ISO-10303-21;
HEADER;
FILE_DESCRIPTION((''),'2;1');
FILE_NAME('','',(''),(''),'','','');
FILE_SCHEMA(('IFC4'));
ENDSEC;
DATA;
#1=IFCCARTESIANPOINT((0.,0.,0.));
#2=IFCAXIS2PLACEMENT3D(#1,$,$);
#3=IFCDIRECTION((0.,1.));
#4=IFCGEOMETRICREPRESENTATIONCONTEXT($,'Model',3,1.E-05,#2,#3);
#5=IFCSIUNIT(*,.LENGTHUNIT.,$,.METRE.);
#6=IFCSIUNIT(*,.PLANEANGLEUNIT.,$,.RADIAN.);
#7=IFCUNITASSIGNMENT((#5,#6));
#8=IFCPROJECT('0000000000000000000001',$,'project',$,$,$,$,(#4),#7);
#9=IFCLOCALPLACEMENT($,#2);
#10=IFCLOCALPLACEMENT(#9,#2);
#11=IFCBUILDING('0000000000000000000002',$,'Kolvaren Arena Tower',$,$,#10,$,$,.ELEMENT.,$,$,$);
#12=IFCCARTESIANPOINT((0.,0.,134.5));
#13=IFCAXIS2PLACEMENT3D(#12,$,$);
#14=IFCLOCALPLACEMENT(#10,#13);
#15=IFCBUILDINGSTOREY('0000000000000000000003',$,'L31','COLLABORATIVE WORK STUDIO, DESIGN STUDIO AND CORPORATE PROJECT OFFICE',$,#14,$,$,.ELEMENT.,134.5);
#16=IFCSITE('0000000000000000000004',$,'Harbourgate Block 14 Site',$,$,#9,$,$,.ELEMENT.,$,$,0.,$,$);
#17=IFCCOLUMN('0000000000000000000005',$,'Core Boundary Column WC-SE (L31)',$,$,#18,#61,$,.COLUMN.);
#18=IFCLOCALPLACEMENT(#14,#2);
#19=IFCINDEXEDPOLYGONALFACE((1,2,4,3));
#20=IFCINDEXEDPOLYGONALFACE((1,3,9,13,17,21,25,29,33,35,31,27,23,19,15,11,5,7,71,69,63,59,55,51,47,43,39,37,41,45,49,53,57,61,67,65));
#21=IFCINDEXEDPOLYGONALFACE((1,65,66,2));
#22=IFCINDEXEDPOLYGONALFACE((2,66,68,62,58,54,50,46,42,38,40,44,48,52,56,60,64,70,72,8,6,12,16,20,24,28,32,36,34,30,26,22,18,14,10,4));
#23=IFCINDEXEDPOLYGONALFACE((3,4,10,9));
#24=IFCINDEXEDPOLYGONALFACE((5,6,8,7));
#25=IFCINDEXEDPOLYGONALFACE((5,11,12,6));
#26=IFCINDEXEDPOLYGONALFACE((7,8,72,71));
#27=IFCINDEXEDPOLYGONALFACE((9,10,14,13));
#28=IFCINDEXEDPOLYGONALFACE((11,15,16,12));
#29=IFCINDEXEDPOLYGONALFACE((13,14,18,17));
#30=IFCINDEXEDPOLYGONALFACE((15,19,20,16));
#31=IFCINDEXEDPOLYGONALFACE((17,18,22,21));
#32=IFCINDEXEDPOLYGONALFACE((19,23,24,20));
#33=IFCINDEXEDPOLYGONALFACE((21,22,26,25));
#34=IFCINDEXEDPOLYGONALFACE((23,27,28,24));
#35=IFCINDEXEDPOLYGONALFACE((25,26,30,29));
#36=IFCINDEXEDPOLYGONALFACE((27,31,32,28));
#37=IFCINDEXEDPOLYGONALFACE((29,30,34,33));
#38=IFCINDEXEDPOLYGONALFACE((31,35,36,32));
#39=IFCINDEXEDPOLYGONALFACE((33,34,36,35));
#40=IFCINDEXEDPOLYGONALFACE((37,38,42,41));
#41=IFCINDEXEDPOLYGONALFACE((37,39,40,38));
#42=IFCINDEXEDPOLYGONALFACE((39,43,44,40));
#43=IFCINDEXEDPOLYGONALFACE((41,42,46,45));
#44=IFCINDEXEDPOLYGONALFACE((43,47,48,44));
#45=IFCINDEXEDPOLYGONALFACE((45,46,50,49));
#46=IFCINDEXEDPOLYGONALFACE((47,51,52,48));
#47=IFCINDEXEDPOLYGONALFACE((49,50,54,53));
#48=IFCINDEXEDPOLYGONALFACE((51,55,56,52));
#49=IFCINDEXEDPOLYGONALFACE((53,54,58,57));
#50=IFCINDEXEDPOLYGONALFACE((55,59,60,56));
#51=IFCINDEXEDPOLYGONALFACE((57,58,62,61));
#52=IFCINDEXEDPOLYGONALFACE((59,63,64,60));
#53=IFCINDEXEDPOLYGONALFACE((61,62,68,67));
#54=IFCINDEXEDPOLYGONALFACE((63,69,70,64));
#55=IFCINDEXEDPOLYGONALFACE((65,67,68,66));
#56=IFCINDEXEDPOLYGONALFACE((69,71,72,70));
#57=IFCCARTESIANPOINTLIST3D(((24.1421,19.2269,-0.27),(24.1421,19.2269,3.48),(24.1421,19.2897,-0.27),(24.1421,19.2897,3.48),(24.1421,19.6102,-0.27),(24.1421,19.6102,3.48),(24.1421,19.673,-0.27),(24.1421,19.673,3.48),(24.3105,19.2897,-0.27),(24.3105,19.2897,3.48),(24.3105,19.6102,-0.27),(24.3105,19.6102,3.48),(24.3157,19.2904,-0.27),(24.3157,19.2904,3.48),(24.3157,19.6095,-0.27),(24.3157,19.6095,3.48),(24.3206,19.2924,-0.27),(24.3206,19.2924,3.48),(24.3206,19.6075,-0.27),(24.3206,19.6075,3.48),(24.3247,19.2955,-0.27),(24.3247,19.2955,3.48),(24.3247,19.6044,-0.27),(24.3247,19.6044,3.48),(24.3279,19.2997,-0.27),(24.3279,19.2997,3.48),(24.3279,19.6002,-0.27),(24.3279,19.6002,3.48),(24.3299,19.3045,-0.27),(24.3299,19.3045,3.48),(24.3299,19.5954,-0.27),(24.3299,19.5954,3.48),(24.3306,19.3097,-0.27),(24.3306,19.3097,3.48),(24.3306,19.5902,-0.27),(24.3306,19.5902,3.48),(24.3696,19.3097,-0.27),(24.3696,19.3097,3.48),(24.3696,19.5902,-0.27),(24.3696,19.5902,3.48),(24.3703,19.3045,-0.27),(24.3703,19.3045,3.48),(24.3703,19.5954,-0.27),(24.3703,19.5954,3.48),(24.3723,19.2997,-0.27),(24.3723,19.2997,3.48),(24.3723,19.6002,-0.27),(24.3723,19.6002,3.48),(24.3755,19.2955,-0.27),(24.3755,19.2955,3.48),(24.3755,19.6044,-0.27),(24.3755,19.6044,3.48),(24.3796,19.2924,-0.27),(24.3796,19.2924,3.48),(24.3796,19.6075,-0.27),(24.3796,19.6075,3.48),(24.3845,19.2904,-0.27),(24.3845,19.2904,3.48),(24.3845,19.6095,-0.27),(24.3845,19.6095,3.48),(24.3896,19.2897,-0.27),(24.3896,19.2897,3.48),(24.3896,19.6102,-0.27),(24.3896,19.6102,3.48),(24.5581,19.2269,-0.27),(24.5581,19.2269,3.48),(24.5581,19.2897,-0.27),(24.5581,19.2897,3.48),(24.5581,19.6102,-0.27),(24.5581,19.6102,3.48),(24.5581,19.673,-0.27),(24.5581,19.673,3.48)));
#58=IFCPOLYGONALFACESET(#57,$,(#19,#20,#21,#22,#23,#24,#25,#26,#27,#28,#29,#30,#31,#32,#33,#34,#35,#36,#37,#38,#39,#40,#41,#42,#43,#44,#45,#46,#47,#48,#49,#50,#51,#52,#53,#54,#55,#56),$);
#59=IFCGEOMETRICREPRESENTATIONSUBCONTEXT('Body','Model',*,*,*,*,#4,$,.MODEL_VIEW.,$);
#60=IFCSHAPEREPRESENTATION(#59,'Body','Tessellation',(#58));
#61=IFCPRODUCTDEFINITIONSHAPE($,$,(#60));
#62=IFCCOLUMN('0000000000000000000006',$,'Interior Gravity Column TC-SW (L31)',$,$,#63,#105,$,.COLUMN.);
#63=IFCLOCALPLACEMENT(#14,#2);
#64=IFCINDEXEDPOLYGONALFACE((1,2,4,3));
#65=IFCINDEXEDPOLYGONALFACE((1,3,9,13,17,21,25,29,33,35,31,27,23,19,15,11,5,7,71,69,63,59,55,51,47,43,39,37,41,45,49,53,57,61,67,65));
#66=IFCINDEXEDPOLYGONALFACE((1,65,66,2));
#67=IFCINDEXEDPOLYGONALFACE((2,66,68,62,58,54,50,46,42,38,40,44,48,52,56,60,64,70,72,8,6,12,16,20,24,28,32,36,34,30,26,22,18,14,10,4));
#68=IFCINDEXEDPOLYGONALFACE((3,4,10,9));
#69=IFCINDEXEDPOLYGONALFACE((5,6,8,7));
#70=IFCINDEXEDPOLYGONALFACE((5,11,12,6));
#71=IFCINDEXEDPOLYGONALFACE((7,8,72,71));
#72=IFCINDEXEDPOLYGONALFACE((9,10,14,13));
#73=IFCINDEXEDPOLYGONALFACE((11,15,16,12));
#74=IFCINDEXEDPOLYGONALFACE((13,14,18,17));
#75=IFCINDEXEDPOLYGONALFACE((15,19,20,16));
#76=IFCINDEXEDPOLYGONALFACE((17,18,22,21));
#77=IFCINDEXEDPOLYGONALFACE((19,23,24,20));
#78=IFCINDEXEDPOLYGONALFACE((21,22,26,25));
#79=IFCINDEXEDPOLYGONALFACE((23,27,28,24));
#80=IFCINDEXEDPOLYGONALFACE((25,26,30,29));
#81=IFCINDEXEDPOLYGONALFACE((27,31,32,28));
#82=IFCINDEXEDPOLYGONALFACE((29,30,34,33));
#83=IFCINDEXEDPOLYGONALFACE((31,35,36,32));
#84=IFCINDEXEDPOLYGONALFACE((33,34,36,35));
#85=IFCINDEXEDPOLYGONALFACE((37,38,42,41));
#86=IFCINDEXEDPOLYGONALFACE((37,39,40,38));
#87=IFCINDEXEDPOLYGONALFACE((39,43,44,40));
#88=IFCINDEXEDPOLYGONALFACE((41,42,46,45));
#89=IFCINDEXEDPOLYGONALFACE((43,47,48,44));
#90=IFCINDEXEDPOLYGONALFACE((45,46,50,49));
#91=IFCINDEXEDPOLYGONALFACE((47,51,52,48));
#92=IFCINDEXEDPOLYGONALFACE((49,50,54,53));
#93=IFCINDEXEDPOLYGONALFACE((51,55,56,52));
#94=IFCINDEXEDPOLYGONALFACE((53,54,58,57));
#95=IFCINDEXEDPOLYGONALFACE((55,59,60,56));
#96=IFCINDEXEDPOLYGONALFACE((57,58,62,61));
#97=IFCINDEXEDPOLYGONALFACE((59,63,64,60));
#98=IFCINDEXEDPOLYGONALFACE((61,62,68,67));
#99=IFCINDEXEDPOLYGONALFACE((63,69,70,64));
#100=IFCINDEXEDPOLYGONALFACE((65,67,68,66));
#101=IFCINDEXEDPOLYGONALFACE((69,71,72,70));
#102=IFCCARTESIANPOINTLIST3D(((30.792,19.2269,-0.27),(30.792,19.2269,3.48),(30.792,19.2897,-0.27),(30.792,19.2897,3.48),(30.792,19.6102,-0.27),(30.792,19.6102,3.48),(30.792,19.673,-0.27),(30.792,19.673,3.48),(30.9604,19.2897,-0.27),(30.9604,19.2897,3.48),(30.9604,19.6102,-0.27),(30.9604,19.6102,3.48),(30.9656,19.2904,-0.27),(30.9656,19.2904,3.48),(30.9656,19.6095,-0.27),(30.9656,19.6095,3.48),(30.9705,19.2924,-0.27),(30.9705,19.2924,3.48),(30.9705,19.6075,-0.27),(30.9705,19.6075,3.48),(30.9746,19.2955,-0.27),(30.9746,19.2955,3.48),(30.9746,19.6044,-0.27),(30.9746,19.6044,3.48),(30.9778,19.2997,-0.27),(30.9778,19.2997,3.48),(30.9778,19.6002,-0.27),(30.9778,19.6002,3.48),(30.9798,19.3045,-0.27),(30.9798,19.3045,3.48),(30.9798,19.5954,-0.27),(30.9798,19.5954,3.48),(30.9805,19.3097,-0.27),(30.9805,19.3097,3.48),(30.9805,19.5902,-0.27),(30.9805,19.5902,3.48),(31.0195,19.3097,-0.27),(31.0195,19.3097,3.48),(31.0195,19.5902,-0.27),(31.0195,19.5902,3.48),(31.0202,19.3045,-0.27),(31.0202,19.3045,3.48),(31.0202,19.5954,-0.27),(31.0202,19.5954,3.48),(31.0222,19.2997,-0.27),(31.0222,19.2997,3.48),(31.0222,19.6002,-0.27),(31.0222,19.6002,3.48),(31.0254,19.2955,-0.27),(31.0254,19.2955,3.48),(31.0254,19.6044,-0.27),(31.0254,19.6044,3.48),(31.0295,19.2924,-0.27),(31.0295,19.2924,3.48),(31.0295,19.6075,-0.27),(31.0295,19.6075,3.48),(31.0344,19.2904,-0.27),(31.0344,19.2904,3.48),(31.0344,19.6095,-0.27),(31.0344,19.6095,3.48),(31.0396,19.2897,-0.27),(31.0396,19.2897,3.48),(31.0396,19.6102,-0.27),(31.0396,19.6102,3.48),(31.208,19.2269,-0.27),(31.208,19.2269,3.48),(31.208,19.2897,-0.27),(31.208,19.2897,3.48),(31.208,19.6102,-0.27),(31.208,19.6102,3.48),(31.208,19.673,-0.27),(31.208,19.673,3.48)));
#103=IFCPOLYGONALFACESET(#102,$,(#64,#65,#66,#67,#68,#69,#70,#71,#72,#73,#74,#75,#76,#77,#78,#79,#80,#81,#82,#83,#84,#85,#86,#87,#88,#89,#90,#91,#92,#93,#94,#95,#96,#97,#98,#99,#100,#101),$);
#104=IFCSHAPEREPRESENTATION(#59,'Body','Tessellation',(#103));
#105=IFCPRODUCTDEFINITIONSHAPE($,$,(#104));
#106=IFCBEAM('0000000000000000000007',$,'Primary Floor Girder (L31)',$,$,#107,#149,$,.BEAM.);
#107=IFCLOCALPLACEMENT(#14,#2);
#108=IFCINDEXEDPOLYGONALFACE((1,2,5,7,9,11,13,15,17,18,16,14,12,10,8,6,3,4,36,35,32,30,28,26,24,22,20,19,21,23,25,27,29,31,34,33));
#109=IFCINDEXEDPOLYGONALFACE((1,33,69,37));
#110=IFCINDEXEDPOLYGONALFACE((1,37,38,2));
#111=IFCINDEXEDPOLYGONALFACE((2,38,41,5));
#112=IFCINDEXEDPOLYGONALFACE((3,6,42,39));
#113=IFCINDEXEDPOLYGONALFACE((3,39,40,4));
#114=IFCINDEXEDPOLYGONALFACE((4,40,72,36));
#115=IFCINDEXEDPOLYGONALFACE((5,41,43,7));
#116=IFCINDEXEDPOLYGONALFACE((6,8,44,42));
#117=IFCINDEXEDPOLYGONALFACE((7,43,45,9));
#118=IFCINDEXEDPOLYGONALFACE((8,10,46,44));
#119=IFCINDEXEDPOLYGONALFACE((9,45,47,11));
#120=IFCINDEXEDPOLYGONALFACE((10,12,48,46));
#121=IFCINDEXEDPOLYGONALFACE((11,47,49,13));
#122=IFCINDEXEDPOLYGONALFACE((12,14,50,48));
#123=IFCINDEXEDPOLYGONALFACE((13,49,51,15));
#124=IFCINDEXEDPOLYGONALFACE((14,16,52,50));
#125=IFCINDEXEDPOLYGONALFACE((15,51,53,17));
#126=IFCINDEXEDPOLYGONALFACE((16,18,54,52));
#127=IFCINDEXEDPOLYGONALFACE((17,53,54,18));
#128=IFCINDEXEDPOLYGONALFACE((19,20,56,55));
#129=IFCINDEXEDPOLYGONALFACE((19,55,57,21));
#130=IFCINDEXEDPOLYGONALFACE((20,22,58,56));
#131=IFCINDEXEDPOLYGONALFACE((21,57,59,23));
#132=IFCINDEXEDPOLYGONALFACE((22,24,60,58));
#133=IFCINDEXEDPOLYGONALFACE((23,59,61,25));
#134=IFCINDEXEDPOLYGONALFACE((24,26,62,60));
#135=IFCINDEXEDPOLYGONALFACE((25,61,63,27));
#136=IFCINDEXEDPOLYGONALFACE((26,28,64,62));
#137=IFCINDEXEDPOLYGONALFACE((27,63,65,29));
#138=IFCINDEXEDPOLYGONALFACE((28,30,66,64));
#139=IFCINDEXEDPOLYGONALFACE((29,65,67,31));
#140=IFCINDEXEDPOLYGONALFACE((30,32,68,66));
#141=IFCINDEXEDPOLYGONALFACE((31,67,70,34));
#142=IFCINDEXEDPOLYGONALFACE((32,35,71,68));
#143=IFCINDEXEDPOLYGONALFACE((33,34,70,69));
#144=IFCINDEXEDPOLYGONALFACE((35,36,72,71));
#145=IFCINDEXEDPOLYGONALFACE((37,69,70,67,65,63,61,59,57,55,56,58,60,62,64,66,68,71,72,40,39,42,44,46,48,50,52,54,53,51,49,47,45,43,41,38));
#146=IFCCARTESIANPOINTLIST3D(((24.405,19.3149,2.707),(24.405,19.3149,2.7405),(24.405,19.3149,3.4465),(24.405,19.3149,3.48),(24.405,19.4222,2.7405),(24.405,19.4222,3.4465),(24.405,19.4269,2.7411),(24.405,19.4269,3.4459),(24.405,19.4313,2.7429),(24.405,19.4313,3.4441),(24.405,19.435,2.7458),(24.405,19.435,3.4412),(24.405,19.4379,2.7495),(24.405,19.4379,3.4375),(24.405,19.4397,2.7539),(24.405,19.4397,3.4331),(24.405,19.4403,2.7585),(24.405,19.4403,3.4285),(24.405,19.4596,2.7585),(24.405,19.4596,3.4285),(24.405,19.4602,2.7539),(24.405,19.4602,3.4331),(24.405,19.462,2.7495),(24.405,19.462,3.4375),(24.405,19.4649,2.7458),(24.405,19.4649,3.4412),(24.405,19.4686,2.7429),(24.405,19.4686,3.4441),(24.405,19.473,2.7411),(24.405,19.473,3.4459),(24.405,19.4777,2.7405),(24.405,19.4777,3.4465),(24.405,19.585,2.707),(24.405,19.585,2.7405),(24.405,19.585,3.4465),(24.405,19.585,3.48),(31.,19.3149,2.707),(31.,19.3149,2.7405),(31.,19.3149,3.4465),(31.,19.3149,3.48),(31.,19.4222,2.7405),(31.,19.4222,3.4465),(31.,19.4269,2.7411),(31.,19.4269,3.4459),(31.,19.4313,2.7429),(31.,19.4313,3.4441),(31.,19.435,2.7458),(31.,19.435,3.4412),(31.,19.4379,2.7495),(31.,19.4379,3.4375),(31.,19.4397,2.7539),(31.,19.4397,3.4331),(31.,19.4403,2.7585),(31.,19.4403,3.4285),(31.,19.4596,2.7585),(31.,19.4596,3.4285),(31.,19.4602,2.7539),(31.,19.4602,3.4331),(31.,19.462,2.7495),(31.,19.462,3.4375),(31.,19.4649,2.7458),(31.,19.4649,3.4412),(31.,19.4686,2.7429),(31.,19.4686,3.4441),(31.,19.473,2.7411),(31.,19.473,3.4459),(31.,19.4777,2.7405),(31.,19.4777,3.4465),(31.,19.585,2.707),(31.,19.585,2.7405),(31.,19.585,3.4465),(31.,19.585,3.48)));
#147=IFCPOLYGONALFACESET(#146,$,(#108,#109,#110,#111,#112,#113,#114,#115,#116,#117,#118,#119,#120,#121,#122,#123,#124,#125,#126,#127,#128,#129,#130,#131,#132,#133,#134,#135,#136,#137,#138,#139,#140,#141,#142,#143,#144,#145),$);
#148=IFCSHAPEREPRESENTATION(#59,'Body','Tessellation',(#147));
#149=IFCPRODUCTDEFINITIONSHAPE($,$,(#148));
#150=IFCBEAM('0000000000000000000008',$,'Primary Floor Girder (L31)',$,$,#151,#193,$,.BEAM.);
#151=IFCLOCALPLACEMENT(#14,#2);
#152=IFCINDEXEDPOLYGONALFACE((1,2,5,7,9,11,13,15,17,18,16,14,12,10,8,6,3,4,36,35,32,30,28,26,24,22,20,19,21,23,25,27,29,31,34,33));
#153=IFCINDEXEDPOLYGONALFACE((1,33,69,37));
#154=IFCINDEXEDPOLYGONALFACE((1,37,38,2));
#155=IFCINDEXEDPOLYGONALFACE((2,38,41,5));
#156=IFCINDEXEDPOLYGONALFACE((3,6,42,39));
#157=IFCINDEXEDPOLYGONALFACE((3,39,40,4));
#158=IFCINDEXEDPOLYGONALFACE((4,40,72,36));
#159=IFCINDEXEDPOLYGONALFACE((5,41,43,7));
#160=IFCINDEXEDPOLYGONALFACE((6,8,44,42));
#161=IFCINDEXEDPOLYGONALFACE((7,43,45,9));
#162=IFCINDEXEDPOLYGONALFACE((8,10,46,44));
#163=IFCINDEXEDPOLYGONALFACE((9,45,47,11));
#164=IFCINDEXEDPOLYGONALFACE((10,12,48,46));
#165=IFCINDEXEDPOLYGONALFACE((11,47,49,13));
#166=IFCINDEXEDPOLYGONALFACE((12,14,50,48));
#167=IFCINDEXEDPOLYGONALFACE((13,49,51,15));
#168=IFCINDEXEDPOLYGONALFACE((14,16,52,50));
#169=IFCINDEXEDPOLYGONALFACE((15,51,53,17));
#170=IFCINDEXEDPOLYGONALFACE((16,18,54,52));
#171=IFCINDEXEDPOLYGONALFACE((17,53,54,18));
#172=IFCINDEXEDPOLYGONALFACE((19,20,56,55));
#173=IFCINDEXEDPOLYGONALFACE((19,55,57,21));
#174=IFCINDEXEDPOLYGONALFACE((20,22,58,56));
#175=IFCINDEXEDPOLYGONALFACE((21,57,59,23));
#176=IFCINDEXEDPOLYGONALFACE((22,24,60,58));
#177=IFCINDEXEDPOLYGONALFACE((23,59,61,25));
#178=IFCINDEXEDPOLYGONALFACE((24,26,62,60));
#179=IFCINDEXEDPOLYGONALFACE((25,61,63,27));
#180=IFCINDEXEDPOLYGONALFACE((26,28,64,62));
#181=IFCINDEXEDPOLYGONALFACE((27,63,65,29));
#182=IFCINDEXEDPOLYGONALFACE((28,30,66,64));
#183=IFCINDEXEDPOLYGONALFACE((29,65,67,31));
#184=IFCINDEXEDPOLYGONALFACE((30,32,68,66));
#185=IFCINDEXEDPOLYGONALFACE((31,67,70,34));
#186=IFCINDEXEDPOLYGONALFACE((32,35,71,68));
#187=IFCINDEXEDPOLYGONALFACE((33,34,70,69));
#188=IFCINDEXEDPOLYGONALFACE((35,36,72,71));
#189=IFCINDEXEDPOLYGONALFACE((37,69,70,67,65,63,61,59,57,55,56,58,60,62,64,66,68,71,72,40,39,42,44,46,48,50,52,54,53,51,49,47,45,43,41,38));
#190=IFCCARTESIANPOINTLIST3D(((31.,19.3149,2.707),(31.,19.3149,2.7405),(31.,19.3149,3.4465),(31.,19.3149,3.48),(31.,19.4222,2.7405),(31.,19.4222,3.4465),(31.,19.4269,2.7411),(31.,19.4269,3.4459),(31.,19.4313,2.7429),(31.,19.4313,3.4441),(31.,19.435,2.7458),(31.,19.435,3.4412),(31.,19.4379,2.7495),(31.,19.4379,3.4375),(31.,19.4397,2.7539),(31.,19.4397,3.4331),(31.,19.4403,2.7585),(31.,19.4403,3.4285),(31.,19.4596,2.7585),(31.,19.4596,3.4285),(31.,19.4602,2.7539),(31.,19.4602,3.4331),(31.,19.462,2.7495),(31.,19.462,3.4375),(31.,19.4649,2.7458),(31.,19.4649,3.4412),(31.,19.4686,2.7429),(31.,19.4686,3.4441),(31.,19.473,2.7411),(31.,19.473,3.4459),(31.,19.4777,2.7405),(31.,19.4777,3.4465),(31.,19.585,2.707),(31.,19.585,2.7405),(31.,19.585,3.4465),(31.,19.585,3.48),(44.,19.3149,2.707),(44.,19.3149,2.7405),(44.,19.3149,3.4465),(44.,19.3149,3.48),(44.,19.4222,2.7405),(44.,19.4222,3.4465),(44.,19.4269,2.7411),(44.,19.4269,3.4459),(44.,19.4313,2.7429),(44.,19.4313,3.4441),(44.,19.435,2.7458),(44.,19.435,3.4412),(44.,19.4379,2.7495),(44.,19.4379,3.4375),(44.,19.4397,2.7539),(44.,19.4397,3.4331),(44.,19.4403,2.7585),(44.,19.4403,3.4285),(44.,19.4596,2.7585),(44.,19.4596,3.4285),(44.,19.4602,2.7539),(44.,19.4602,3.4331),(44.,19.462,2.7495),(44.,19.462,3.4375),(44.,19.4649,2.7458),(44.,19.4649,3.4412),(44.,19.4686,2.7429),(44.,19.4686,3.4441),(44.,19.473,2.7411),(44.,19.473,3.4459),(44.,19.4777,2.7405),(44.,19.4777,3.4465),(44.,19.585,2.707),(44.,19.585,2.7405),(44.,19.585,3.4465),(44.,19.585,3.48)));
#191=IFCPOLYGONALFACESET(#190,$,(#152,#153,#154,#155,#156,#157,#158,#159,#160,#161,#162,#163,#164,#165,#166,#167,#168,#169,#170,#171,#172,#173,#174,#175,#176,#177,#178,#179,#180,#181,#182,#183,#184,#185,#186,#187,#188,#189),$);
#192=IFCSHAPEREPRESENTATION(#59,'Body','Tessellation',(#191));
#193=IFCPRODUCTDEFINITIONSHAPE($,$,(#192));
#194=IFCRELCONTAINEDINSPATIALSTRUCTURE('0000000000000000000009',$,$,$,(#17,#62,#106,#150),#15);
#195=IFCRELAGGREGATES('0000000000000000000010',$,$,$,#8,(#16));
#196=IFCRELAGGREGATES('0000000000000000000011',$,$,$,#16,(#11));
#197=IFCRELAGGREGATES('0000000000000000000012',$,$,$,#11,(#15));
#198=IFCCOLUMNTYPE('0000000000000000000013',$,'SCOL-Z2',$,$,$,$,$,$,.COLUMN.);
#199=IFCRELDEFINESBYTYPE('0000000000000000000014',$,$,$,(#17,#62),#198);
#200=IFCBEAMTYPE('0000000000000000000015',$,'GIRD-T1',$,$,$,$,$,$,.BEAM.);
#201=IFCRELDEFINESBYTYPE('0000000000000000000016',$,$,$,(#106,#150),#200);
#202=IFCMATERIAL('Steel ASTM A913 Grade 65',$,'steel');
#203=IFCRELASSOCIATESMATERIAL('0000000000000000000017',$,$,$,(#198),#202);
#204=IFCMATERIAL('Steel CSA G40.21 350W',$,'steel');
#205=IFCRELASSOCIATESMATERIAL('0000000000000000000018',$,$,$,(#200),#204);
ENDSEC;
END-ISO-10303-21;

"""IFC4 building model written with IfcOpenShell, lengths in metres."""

from ifc_helpers import new_model, si_unit, direction, frame, origin, origin_2d, place, context, subcontext, project, spatial, i_section, extrude, material, material_profile, profile_set, type_object, element, save


model = new_model("IFC4")

# Units and contexts
model_context = context("Model", 3, precision=1e-05, world=origin(), true_north=direction((0.0, 1.0)))
body_context = subcontext(model_context, "Body", "Model", "MODEL_VIEW")
ifc_project = project(units=[si_unit("LENGTHUNIT", "METRE"), si_unit("PLANEANGLEUNIT", "RADIAN")], contexts=[model_context])

# Site, building, storey
site_placement = place(None, origin())
site = spatial("IfcSite", under=ifc_project, at=site_placement, Name="Harbourgate Block 14 Site", CompositionType="ELEMENT", RefElevation=0.0)
building_placement = place(site_placement, origin())
building = spatial("IfcBuilding", under=site, at=building_placement, Name="Kolvaren Arena Tower", CompositionType="ELEMENT")
storey_placement = place(building_placement, frame((0.0, 0.0, 134.5)))
storey = spatial("IfcBuildingStorey", under=building, at=storey_placement, Name="L31", Description="COLLABORATIVE WORK STUDIO, DESIGN STUDIO AND CORPORATE PROJECT OFFICE", CompositionType="ELEMENT", Elevation=134.5)

# Columns
ifc_material_1 = material(Name="Steel ASTM A913 Grade 65", Category="steel")
ifc_material_profile_1 = material_profile(ifc_material_1, i_section(OverallWidth=0.416, OverallDepth=0.446, WebThickness=0.0391, FlangeThickness=0.0627, FilletRadius=0.02, at=origin_2d()), Name="W360x509")
ifc_profile_set_1 = profile_set([ifc_material_profile_1], Name="Steel ASTM A913 Grade 65")
column_type = type_object("IfcColumnType", Name="SCOL-Z2", PredefinedType="COLUMN", material=ifc_profile_set_1)
for number, where, z_axis, x_axis, name in (
    (1, (24.3501, 19.45, -0.27), (0.0, 0.0, 1.0), (1.0, 0.0, 0.0), "Core Boundary Column WC-SE (L31)"),
    (2, (31.0, 19.45, -0.27), (0.0, 0.0, 1.0), (1.0, 0.0, 0.0), "Interior Gravity Column TC-SW (L31)"),
):
    element("IfcColumn", number, at=place(storey_placement, frame(where, z_axis=z_axis, x_axis=x_axis)), inside=storey, type_object=column_type, Name=name, PredefinedType="COLUMN", context=body_context, shape_type="SweptSolid", body=[
        extrude(i_section(OverallWidth=0.416, OverallDepth=0.446, WebThickness=0.0391, FlangeThickness=0.0627, FilletRadius=0.02, at=origin_2d()), origin(), (0.0, 0.0, 1.0), 3.75),
    ])

# Beams
ifc_material_2 = material(Name="Steel CSA G40.21 350W", Category="steel")
ifc_material_profile_2 = material_profile(ifc_material_2, i_section(OverallWidth=0.27, OverallDepth=0.7729, WebThickness=0.0193, FlangeThickness=0.0334, FilletRadius=0.0181, at=origin_2d()), Name="W760x257")
ifc_profile_set_2 = profile_set([ifc_material_profile_2], Name="Steel CSA G40.21 350W")
beam_type_1 = type_object("IfcBeamType", Name="GIRD-T1", PredefinedType="BEAM", material=ifc_profile_set_2)
beam_1_placement = place(storey_placement, frame((24.405, 19.45, 3.0935), z_axis=(1.0, 0.0, 0.0), x_axis=(0.0, 1.0, 0.0)))
element("IfcBeam", 3, at=beam_1_placement, inside=storey, type_object=beam_type_1, Name="Primary Floor Girder (L31)", PredefinedType="BEAM", context=body_context, shape_type="SweptSolid", body=[
    extrude(i_section(OverallWidth=0.27, OverallDepth=0.7729, WebThickness=0.0193, FlangeThickness=0.0334, FilletRadius=0.0181, at=origin_2d()), origin(), (0.0, 0.0, 1.0), 6.595),
])
beam_2_placement = place(storey_placement, frame((31.0, 19.45, 3.0935), z_axis=(1.0, 0.0, 0.0), x_axis=(0.0, 1.0, 0.0)))
element("IfcBeam", 4, at=beam_2_placement, inside=storey, type_object=beam_type_1, Name="Primary Floor Girder (L31)", PredefinedType="BEAM", context=body_context, shape_type="SweptSolid", body=[
    extrude(i_section(OverallWidth=0.27, OverallDepth=0.7729, WebThickness=0.0193, FlangeThickness=0.0334, FilletRadius=0.0181, at=origin_2d()), origin(), (0.0, 0.0, 1.0), 13.0),
])

save(model, "model.ifc")
